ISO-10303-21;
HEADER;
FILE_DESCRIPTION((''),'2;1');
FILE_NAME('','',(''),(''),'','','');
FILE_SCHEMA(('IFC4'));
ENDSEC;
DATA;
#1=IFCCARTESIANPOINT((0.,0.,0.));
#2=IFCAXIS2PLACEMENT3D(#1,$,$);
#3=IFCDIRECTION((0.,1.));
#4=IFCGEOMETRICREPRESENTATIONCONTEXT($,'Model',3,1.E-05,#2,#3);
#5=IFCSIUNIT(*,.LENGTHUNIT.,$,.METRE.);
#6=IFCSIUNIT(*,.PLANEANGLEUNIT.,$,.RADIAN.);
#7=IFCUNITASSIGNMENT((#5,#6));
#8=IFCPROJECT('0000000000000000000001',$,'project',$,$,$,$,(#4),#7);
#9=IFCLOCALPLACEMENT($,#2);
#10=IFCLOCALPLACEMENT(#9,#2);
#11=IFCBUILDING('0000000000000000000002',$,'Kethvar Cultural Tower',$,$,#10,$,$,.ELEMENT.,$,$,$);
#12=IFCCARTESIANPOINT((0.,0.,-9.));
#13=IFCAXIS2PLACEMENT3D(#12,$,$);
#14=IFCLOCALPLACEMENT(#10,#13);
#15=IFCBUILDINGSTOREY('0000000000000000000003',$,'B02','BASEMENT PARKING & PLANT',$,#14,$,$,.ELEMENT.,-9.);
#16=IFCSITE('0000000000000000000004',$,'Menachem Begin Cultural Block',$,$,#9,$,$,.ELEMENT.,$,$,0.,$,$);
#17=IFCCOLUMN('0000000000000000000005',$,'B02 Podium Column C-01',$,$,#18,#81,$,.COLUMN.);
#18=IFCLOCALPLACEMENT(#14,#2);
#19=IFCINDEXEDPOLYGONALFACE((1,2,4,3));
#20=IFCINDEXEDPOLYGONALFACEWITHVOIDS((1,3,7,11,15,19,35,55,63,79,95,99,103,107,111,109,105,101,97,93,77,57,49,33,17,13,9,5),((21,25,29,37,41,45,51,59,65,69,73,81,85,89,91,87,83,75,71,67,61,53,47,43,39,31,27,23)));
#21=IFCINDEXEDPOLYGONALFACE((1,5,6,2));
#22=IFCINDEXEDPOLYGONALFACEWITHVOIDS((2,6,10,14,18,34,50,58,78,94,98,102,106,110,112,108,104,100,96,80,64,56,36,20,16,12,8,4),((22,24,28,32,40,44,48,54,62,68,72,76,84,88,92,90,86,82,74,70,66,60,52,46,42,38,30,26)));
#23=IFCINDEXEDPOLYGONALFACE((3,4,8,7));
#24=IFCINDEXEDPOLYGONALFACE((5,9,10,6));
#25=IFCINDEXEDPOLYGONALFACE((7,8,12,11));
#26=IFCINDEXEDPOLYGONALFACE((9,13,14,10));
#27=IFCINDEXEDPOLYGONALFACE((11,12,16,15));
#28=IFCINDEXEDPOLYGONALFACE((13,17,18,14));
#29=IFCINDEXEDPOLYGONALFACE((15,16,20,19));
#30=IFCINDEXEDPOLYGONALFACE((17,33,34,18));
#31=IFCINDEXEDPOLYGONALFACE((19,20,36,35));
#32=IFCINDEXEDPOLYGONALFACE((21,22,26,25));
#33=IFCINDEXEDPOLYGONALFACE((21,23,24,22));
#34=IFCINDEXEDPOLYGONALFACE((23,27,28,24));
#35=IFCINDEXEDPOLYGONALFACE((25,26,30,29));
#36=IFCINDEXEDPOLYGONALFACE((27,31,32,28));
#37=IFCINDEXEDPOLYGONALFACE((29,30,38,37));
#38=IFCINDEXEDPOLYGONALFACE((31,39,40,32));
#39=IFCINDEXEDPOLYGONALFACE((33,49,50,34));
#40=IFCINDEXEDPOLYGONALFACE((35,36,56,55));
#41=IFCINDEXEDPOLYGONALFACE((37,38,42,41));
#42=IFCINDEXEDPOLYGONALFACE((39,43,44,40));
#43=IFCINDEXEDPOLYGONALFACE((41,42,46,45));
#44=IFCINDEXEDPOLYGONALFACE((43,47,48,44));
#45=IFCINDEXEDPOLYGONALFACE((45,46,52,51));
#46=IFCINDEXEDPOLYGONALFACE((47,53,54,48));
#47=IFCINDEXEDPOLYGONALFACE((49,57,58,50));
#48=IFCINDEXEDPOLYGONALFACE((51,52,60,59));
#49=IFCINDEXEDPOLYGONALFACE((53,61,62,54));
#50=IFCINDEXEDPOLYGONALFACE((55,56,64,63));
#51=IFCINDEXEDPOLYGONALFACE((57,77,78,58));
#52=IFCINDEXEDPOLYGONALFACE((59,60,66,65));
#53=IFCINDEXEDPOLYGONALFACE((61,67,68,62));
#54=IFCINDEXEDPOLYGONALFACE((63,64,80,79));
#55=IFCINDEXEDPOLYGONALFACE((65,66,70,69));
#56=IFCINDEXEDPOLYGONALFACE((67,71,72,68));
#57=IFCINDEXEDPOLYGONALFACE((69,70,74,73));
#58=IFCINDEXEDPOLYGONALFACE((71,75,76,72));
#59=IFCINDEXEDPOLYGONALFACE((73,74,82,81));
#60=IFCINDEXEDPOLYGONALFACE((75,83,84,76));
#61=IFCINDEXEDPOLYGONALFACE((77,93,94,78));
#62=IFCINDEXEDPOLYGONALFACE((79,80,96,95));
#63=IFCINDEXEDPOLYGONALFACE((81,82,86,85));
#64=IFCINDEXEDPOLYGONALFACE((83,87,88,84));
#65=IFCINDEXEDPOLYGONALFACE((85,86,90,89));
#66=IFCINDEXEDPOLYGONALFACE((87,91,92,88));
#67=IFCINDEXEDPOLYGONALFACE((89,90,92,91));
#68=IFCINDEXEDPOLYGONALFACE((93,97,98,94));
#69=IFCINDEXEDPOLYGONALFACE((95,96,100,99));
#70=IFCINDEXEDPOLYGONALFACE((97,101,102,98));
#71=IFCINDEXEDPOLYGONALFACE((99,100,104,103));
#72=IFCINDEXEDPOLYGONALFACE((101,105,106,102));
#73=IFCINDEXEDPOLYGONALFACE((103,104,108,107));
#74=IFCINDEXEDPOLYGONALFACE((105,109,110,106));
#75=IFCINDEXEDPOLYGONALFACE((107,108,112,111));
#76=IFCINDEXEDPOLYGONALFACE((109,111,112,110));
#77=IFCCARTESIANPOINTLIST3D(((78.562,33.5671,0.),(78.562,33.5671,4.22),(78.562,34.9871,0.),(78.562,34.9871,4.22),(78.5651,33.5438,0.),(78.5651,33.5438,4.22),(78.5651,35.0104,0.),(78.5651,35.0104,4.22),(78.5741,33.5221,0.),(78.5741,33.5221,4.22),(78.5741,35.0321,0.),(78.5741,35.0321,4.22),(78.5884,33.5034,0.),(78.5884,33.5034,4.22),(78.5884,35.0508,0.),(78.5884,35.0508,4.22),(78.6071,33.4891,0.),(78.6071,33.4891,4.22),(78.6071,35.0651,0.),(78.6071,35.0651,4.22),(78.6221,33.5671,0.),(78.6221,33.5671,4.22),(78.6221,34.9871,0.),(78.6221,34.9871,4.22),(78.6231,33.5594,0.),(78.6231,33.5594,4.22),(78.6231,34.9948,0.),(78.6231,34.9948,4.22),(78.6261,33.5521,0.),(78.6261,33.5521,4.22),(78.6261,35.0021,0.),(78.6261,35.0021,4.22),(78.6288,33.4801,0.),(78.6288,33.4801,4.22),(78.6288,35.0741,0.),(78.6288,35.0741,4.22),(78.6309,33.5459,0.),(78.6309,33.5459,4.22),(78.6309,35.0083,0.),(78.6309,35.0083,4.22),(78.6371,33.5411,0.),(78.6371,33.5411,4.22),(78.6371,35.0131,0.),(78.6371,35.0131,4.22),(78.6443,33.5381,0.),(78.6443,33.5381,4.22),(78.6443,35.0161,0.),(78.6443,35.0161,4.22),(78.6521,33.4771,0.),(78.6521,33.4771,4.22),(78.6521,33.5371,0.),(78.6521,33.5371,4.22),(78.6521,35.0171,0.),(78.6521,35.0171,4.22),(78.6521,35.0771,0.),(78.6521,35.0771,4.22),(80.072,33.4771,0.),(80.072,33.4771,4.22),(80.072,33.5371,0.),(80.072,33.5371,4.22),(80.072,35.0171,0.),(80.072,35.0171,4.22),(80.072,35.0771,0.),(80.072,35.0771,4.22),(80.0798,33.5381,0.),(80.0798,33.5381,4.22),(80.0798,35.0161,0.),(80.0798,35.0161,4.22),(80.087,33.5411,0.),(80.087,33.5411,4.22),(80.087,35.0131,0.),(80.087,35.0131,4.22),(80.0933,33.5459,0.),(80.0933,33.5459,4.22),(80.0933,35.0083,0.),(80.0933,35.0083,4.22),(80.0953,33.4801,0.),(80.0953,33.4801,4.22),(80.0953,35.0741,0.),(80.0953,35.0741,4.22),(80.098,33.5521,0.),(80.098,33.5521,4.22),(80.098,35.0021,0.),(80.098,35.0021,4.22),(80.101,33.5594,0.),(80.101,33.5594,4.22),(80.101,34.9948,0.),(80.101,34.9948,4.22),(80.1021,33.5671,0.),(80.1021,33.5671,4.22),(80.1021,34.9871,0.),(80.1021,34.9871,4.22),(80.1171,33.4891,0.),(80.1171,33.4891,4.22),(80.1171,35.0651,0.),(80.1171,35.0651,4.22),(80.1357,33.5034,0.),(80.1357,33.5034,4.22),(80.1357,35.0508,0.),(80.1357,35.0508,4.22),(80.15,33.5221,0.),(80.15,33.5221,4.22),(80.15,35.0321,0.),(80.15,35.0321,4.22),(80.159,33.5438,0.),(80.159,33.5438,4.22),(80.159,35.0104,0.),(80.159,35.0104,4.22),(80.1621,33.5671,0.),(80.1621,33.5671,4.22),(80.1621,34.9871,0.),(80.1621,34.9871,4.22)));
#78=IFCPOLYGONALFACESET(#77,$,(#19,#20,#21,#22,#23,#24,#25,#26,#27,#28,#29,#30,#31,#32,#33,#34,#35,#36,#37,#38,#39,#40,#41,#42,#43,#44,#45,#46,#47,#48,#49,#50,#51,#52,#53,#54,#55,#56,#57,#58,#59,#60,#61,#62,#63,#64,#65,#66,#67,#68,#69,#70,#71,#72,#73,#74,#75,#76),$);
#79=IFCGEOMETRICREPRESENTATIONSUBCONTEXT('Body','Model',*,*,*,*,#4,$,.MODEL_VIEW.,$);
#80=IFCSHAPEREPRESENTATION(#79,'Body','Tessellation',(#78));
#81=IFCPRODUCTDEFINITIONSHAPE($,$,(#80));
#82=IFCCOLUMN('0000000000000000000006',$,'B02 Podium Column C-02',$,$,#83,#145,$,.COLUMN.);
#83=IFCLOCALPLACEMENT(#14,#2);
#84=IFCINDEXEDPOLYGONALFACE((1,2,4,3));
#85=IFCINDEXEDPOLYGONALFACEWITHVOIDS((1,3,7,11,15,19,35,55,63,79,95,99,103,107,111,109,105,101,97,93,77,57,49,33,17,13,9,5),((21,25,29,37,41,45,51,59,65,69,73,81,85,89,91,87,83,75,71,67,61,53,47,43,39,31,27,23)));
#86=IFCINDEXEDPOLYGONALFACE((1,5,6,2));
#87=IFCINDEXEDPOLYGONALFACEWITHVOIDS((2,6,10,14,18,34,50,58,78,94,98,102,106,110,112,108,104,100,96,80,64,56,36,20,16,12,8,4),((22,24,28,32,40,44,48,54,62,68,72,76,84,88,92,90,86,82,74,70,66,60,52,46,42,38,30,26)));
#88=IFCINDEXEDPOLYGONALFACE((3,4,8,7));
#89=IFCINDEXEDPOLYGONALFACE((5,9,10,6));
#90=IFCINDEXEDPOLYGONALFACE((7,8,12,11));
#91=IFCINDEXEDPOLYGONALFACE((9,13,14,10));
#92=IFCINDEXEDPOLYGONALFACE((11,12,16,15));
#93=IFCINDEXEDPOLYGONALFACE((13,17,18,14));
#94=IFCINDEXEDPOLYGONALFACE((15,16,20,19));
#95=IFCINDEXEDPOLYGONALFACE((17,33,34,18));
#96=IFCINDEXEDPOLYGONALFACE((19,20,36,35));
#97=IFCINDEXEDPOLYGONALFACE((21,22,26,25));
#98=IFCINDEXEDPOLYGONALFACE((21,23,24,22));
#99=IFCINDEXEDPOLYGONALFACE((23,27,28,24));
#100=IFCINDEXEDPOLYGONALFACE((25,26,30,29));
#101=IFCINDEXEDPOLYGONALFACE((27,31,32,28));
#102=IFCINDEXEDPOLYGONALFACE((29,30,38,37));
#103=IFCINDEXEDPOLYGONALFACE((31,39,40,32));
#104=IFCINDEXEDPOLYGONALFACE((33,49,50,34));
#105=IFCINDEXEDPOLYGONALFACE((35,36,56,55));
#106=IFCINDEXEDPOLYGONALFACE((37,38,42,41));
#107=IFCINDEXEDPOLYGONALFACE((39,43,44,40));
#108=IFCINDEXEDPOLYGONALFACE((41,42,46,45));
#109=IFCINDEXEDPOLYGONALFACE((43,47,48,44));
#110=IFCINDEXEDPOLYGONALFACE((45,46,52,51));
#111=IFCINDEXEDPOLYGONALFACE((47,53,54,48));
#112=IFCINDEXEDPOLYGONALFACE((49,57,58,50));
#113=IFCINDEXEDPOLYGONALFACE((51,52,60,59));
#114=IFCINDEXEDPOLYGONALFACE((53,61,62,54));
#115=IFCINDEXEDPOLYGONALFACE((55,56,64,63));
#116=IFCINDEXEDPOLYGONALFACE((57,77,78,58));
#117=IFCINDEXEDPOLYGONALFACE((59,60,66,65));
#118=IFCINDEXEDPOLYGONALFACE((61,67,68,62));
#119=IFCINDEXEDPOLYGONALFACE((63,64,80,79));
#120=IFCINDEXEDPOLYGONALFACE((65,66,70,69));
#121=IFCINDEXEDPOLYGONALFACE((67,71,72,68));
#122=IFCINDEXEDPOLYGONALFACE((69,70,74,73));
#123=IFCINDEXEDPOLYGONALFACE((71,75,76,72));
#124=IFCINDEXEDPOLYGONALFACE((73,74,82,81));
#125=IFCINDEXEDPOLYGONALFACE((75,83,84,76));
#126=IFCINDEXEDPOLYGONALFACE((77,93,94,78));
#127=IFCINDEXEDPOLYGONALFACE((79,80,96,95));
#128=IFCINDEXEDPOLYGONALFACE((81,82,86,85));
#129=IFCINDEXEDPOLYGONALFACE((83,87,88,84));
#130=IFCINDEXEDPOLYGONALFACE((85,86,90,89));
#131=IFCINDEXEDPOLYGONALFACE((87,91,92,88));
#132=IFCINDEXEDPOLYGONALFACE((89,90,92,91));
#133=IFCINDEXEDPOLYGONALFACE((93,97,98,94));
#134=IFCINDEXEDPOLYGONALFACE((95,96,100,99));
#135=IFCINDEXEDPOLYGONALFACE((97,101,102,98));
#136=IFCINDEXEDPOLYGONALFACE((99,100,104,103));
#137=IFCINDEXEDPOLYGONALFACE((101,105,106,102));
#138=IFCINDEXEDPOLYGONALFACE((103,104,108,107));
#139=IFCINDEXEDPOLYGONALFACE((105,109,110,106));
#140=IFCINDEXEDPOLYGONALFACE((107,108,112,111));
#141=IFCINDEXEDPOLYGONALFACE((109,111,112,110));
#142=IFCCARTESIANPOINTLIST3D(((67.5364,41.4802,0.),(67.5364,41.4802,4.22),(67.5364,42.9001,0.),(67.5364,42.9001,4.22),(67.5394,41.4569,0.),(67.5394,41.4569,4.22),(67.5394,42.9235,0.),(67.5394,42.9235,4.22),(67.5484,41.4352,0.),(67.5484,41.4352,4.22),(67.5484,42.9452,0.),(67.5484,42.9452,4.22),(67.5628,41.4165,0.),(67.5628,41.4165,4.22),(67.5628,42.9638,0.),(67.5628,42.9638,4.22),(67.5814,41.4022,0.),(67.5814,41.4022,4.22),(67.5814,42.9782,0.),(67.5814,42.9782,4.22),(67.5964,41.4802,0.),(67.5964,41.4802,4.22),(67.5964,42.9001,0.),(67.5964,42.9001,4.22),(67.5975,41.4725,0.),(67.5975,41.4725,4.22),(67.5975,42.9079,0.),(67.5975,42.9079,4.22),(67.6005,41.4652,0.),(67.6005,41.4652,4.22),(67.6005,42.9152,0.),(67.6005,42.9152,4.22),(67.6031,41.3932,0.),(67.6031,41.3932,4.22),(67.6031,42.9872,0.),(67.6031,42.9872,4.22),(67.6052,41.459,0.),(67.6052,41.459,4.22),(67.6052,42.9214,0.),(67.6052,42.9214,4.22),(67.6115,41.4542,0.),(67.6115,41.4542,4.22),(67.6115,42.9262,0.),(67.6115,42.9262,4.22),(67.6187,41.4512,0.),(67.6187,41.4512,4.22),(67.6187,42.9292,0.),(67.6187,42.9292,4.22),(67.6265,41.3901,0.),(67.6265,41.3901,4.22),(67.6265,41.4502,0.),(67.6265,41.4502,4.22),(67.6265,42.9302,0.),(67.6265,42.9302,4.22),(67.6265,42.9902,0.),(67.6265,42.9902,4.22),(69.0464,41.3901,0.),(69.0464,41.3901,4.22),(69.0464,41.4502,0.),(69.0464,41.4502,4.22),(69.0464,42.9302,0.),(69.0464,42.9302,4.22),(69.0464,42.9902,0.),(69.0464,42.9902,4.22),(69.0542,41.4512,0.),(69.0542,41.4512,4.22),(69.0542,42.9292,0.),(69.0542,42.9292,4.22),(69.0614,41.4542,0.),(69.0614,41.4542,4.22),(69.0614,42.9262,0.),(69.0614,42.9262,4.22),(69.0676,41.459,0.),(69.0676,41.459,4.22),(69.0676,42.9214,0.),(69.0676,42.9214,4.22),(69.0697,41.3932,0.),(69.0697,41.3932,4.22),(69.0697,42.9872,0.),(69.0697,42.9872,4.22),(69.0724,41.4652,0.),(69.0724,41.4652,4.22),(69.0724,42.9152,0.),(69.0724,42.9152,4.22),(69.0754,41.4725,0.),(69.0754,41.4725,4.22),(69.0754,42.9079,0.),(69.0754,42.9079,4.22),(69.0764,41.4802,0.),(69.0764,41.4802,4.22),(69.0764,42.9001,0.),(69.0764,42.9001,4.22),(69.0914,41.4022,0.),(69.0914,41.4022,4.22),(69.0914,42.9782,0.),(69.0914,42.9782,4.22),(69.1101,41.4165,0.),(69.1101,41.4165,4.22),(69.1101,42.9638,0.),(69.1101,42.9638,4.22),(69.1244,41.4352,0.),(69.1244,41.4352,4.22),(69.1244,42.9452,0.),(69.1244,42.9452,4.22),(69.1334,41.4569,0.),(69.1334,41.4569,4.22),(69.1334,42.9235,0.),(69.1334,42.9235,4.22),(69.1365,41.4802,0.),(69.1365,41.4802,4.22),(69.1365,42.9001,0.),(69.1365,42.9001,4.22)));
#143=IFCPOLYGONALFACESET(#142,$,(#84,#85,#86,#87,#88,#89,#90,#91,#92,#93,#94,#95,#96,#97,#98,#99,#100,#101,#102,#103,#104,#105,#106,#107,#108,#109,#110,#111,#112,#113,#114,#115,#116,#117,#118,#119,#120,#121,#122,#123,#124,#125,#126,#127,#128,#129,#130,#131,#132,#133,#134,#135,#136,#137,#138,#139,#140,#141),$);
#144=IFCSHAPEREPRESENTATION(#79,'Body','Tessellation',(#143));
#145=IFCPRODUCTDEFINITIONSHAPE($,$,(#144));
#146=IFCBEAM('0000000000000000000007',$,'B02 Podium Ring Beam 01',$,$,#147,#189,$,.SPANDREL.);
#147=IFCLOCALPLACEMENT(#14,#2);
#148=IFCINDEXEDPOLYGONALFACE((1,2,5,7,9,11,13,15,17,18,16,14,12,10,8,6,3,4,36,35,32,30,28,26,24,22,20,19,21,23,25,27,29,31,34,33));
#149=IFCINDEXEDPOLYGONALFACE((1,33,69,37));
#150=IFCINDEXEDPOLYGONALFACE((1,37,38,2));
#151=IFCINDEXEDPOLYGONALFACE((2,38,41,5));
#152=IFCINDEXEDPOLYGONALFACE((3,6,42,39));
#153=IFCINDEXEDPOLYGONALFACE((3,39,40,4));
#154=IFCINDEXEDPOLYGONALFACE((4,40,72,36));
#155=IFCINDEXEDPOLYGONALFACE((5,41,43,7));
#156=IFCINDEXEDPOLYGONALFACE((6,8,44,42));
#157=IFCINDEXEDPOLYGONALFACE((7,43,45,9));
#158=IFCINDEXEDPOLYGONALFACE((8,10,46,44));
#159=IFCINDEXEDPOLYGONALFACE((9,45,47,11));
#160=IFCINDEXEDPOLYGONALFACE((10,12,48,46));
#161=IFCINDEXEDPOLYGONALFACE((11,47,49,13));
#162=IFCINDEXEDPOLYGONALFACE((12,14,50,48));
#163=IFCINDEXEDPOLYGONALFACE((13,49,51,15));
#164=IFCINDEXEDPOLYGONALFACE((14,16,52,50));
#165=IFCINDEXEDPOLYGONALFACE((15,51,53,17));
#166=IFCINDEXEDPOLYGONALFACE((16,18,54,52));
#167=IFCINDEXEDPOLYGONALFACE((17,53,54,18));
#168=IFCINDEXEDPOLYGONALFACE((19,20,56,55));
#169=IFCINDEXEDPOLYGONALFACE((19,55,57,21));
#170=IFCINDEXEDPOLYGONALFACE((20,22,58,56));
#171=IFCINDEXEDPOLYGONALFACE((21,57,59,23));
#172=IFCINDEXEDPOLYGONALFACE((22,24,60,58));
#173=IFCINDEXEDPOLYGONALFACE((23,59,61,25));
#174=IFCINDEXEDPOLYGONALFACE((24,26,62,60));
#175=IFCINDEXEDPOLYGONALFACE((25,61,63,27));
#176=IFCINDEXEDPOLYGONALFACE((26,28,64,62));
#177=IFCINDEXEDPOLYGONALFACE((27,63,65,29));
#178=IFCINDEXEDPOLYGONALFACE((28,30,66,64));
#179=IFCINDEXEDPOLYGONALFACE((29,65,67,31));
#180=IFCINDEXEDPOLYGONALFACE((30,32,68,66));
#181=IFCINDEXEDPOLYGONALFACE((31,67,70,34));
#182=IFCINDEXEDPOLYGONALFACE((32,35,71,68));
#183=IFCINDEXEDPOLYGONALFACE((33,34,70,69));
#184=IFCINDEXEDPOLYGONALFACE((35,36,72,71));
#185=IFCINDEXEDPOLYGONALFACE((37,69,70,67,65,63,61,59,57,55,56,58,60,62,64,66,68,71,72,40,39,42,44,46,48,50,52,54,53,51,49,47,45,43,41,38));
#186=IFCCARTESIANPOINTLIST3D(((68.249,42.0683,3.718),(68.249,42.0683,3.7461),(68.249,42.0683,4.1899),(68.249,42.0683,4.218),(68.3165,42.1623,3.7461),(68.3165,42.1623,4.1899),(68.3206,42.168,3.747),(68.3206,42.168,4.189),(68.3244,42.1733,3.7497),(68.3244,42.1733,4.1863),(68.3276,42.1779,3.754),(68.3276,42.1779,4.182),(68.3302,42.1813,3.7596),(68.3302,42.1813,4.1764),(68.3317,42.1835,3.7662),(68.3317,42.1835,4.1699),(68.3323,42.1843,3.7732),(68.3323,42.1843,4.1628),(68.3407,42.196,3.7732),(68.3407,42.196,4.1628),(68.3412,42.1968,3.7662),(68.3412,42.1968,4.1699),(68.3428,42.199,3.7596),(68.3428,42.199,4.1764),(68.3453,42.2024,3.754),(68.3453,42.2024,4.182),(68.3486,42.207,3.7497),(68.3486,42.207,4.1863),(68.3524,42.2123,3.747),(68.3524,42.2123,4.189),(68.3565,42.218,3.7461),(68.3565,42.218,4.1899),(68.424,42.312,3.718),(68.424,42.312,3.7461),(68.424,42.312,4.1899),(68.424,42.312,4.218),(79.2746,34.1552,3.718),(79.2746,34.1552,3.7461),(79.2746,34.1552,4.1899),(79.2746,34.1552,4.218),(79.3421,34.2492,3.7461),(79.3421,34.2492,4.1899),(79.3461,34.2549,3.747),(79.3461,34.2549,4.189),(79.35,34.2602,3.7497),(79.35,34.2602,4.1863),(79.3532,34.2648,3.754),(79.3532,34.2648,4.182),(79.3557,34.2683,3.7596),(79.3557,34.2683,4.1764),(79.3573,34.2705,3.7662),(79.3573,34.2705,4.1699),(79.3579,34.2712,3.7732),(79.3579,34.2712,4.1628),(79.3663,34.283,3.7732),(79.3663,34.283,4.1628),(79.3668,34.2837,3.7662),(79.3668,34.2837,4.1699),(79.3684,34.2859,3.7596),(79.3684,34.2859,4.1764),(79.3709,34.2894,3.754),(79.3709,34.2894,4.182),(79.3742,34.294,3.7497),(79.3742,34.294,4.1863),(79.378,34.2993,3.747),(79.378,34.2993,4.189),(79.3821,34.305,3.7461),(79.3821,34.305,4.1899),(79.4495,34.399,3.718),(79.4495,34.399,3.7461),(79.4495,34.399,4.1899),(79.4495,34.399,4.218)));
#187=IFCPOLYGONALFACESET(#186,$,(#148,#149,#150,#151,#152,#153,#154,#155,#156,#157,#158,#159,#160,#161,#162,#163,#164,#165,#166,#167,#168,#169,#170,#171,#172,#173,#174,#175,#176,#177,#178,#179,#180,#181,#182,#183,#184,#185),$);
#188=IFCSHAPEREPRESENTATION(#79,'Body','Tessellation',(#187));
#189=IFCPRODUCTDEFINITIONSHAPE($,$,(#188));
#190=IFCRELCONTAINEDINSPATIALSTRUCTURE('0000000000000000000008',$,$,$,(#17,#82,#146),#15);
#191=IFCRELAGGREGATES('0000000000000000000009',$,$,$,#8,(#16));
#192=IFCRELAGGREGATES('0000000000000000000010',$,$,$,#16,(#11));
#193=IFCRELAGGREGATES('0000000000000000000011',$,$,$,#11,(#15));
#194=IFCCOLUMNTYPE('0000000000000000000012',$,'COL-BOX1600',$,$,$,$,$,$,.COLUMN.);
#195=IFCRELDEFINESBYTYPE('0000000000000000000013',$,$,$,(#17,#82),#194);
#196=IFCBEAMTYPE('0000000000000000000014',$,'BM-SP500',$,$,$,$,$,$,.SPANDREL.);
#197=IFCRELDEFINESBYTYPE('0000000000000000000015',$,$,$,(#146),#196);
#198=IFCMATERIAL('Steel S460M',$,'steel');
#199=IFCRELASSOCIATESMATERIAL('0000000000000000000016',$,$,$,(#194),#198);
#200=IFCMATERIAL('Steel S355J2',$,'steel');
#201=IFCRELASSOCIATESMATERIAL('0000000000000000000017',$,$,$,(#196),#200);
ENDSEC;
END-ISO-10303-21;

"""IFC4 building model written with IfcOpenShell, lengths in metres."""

from ifc_helpers import new_model, si_unit, direction, frame, origin, origin_2d, place, context, subcontext, project, spatial, hollow_rectangle, i_section, extrude, source, transform, mapped, material, material_profile, profile_set, type_object, element, save


model = new_model("IFC4")

# Units and contexts
model_context = context("Model", 3, precision=1e-05, world=origin(), true_north=direction((0.0, 1.0)))
body_context = subcontext(model_context, "Body", "Model", "MODEL_VIEW")
ifc_project = project(units=[si_unit("LENGTHUNIT", "METRE"), si_unit("PLANEANGLEUNIT", "RADIAN")], contexts=[model_context])

# Site, building, storey
site_placement = place(None, origin())
site = spatial("IfcSite", under=ifc_project, at=site_placement, Name="Menachem Begin Cultural Block", CompositionType="ELEMENT", RefElevation=0.0)
building_placement = place(site_placement, origin())
building = spatial("IfcBuilding", under=site, at=building_placement, Name="Kethvar Cultural Tower", CompositionType="ELEMENT")
storey_placement = place(building_placement, frame((0.0, 0.0, -9.0)))
storey = spatial("IfcBuildingStorey", under=building, at=storey_placement, Name="B02", Description="BASEMENT PARKING & PLANT", CompositionType="ELEMENT", Elevation=-9.0)

# Columns
ifc_material_1 = material(Name="Steel S460M", Category="steel")
ifc_material_profile_1 = material_profile(ifc_material_1, hollow_rectangle(XDim=1.6001, YDim=1.6001, WallThickness=0.0601, InnerFilletRadius=0.03, OuterFilletRadius=0.0901, at=origin_2d()), Name="Steel S460M — BOX1600x1600x60")
ifc_profile_set_1 = profile_set([ifc_material_profile_1], Name="Steel S460M — BOX1600x1600x60")
column_type = type_object("IfcColumnType", Name="COL-BOX1600", PredefinedType="COLUMN", material=ifc_profile_set_1)
shared_shape_1 = source(origin(), body_context, "Body", "SweptSolid", [
    extrude(hollow_rectangle(XDim=1.6001, YDim=1.6001, WallThickness=0.0601, InnerFilletRadius=0.03, OuterFilletRadius=0.0901, at=origin_2d()), origin(), (0.0, 0.0, 1.0), 4.22),
])
for number, where, z_axis, x_axis, name in (
    (1, (79.3621, 34.2771, 0.0), (0.0, 0.0, 1.0), (1.0, 0.0, 0.0), "B02 Podium Column C-01"),
    (2, (68.3364, 42.1902, 0.0), (0.0, 0.0, 1.0), (1.0, 0.0, 0.0), "B02 Podium Column C-02"),
):
    element("IfcColumn", number, at=place(storey_placement, frame(where, z_axis=z_axis, x_axis=x_axis)), inside=storey, type_object=column_type, Name=name, PredefinedType="COLUMN", context=body_context, shape_type="MappedRepresentation", body=[
        mapped(shared_shape_1, transform((0.0, 0.0, 0.0), scale=1.0)),
    ])

# Beam
ifc_material_2 = material(Name="Steel S355J2", Category="steel")
ifc_material_profile_2 = material_profile(ifc_material_2, i_section(OverallWidth=0.3, OverallDepth=0.5, WebThickness=0.0144, FlangeThickness=0.0281, FilletRadius=0.0271, at=origin_2d()), Name="Steel S355J2 — HEB500")
ifc_profile_set_2 = profile_set([ifc_material_profile_2], Name="Steel S355J2 — HEB500")
beam_type = type_object("IfcBeamType", Name="BM-SP500", PredefinedType="SPANDREL", material=ifc_profile_set_2)
shared_shape_2 = source(origin(), body_context, "Body", "SweptSolid", [
    extrude(i_section(OverallWidth=0.3, OverallDepth=0.5, WebThickness=0.0144, FlangeThickness=0.0281, FilletRadius=0.0271, at=origin_2d()), origin(), (0.0, 0.0, 1.0), 13.5713),
])
beam_1_placement = place(storey_placement, frame((79.3621, 34.2771, 3.968), z_axis=(-0.81242, 0.583073, 0.0), x_axis=(-0.583073, -0.81242, 0.0)))
element("IfcBeam", 3, at=beam_1_placement, inside=storey, type_object=beam_type, Name="B02 Podium Ring Beam 01", PredefinedType="SPANDREL", context=body_context, shape_type="MappedRepresentation", body=[
    mapped(shared_shape_2, transform((0.0, 0.0, 0.0), scale=1.0)),
])

save(model, "model.ifc")
